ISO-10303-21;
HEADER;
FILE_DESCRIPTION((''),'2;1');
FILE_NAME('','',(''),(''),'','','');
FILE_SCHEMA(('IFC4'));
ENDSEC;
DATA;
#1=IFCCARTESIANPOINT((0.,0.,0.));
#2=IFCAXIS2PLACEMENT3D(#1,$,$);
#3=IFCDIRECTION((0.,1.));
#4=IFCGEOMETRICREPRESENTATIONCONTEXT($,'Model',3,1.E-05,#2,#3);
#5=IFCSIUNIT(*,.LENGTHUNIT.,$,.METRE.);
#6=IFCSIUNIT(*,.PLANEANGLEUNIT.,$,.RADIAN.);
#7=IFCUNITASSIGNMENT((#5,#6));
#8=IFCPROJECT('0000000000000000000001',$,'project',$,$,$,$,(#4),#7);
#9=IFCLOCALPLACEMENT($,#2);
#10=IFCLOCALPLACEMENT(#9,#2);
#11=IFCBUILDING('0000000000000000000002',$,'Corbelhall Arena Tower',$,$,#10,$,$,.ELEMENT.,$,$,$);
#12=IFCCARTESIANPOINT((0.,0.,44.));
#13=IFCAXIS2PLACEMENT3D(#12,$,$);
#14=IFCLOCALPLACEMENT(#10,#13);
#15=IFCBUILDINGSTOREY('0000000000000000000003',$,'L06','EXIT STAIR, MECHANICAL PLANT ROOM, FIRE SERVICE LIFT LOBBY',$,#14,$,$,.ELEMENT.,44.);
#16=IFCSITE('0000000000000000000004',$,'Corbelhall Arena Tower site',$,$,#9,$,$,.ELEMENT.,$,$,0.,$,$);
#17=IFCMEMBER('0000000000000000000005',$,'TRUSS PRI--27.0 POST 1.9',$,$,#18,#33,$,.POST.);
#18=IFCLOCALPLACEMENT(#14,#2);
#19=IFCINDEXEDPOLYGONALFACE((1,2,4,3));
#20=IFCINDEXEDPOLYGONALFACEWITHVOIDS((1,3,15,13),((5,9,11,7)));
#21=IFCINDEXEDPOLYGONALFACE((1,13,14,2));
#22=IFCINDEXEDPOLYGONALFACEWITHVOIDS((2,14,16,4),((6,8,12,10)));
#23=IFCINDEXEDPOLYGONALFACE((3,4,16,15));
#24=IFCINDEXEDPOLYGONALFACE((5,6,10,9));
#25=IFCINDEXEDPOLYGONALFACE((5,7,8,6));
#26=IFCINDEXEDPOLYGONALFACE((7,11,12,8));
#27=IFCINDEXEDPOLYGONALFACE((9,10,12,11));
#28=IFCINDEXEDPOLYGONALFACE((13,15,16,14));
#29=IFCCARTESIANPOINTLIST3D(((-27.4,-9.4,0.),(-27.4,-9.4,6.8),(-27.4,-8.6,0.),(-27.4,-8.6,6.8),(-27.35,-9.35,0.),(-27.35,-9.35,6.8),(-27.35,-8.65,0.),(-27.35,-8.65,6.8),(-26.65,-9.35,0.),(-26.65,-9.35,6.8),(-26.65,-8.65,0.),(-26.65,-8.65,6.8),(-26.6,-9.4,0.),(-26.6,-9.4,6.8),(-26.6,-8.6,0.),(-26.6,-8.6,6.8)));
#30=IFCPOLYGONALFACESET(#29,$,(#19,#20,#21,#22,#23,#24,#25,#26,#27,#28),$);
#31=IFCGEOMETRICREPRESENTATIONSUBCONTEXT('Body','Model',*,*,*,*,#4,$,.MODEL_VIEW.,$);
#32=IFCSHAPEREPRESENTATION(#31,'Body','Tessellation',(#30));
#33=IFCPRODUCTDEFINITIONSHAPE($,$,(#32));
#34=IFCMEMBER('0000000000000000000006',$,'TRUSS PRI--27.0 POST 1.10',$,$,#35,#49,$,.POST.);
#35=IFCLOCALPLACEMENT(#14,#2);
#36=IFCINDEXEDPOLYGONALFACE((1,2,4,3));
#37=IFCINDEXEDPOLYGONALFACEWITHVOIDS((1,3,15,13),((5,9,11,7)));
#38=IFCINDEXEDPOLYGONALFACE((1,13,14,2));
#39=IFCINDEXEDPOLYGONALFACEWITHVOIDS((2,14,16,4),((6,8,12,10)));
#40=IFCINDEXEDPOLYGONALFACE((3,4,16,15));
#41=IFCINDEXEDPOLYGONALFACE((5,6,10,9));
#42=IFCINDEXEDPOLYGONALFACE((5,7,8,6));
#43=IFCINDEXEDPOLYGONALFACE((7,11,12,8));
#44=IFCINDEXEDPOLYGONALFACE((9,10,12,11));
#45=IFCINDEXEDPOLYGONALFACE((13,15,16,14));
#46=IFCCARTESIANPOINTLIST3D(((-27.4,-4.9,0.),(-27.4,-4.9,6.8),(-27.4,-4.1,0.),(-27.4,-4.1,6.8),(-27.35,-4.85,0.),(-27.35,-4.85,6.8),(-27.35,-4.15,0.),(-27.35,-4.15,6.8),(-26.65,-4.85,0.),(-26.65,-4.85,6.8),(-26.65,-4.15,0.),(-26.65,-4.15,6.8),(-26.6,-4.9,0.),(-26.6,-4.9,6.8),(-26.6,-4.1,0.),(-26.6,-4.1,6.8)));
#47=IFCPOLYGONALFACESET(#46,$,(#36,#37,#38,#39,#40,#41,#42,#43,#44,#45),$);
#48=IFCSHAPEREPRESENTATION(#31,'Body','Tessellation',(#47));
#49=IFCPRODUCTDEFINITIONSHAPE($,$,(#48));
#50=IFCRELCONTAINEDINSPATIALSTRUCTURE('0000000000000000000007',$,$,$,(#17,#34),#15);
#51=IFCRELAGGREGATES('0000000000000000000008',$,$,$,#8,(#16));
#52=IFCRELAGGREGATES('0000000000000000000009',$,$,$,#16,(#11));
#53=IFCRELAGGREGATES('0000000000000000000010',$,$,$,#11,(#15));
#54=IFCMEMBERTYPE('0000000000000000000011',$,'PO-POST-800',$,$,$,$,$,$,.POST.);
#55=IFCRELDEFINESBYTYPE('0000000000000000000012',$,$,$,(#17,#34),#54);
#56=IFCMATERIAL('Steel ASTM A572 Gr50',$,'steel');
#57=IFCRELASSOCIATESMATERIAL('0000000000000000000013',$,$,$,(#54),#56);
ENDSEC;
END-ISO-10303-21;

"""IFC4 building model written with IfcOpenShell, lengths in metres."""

from ifc_helpers import new_model, si_unit, direction, frame, origin, origin_2d, place, context, subcontext, project, spatial, hollow_rectangle, extrude, material, material_profile, profile_set, type_object, element, save


model = new_model("IFC4")

# Units and contexts
model_context = context("Model", 3, precision=1e-05, world=origin(), true_north=direction((0.0, 1.0)))
body_context = subcontext(model_context, "Body", "Model", "MODEL_VIEW")
ifc_project = project(units=[si_unit("LENGTHUNIT", "METRE"), si_unit("PLANEANGLEUNIT", "RADIAN")], contexts=[model_context])

# Site, building, storey
site_placement = place(None, origin())
site = spatial("IfcSite", under=ifc_project, at=site_placement, Name="Corbelhall Arena Tower site", CompositionType="ELEMENT", RefElevation=0.0)
building_placement = place(site_placement, origin())
building = spatial("IfcBuilding", under=site, at=building_placement, Name="Corbelhall Arena Tower", CompositionType="ELEMENT")
storey_placement = place(building_placement, frame((0.0, 0.0, 44.0)))
storey = spatial("IfcBuildingStorey", under=building, at=storey_placement, Name="L06", Description="EXIT STAIR, MECHANICAL PLANT ROOM, FIRE SERVICE LIFT LOBBY", CompositionType="ELEMENT", Elevation=44.0)

# Members
ifc_material = material(Name="Steel ASTM A572 Gr50", Category="steel")
ifc_material_profile_1 = material_profile(ifc_material, hollow_rectangle(XDim=0.8, YDim=0.8, WallThickness=0.05, at=origin_2d()))
ifc_profile_set_1 = profile_set([ifc_material_profile_1], Name="Steel ASTM A572 Gr50")
member_type_1 = type_object("IfcMemberType", Name="PO-POST-800", PredefinedType="POST", material=ifc_profile_set_1)
for number, where, z_axis, x_axis, name in (
    (1, (-27.0, -9.0, 0.0), (0.0, 0.0, 1.0), (1.0, 0.0, 0.0), "TRUSS PRI--27.0 POST 1.9"),
    (2, (-27.0, -4.5, 0.0), (0.0, 0.0, 1.0), (1.0, 0.0, 0.0), "TRUSS PRI--27.0 POST 1.10"),
):
    element("IfcMember", number, at=place(storey_placement, frame(where, z_axis=z_axis, x_axis=x_axis)), inside=storey, type_object=member_type_1, Name=name, PredefinedType="POST", context=body_context, shape_type="SweptSolid", body=[
        extrude(hollow_rectangle(XDim=0.8, YDim=0.8, WallThickness=0.05, at=origin_2d()), origin(), (0.0, 0.0, 1.0), 6.8),
    ])

save(model, "model.ifc")
